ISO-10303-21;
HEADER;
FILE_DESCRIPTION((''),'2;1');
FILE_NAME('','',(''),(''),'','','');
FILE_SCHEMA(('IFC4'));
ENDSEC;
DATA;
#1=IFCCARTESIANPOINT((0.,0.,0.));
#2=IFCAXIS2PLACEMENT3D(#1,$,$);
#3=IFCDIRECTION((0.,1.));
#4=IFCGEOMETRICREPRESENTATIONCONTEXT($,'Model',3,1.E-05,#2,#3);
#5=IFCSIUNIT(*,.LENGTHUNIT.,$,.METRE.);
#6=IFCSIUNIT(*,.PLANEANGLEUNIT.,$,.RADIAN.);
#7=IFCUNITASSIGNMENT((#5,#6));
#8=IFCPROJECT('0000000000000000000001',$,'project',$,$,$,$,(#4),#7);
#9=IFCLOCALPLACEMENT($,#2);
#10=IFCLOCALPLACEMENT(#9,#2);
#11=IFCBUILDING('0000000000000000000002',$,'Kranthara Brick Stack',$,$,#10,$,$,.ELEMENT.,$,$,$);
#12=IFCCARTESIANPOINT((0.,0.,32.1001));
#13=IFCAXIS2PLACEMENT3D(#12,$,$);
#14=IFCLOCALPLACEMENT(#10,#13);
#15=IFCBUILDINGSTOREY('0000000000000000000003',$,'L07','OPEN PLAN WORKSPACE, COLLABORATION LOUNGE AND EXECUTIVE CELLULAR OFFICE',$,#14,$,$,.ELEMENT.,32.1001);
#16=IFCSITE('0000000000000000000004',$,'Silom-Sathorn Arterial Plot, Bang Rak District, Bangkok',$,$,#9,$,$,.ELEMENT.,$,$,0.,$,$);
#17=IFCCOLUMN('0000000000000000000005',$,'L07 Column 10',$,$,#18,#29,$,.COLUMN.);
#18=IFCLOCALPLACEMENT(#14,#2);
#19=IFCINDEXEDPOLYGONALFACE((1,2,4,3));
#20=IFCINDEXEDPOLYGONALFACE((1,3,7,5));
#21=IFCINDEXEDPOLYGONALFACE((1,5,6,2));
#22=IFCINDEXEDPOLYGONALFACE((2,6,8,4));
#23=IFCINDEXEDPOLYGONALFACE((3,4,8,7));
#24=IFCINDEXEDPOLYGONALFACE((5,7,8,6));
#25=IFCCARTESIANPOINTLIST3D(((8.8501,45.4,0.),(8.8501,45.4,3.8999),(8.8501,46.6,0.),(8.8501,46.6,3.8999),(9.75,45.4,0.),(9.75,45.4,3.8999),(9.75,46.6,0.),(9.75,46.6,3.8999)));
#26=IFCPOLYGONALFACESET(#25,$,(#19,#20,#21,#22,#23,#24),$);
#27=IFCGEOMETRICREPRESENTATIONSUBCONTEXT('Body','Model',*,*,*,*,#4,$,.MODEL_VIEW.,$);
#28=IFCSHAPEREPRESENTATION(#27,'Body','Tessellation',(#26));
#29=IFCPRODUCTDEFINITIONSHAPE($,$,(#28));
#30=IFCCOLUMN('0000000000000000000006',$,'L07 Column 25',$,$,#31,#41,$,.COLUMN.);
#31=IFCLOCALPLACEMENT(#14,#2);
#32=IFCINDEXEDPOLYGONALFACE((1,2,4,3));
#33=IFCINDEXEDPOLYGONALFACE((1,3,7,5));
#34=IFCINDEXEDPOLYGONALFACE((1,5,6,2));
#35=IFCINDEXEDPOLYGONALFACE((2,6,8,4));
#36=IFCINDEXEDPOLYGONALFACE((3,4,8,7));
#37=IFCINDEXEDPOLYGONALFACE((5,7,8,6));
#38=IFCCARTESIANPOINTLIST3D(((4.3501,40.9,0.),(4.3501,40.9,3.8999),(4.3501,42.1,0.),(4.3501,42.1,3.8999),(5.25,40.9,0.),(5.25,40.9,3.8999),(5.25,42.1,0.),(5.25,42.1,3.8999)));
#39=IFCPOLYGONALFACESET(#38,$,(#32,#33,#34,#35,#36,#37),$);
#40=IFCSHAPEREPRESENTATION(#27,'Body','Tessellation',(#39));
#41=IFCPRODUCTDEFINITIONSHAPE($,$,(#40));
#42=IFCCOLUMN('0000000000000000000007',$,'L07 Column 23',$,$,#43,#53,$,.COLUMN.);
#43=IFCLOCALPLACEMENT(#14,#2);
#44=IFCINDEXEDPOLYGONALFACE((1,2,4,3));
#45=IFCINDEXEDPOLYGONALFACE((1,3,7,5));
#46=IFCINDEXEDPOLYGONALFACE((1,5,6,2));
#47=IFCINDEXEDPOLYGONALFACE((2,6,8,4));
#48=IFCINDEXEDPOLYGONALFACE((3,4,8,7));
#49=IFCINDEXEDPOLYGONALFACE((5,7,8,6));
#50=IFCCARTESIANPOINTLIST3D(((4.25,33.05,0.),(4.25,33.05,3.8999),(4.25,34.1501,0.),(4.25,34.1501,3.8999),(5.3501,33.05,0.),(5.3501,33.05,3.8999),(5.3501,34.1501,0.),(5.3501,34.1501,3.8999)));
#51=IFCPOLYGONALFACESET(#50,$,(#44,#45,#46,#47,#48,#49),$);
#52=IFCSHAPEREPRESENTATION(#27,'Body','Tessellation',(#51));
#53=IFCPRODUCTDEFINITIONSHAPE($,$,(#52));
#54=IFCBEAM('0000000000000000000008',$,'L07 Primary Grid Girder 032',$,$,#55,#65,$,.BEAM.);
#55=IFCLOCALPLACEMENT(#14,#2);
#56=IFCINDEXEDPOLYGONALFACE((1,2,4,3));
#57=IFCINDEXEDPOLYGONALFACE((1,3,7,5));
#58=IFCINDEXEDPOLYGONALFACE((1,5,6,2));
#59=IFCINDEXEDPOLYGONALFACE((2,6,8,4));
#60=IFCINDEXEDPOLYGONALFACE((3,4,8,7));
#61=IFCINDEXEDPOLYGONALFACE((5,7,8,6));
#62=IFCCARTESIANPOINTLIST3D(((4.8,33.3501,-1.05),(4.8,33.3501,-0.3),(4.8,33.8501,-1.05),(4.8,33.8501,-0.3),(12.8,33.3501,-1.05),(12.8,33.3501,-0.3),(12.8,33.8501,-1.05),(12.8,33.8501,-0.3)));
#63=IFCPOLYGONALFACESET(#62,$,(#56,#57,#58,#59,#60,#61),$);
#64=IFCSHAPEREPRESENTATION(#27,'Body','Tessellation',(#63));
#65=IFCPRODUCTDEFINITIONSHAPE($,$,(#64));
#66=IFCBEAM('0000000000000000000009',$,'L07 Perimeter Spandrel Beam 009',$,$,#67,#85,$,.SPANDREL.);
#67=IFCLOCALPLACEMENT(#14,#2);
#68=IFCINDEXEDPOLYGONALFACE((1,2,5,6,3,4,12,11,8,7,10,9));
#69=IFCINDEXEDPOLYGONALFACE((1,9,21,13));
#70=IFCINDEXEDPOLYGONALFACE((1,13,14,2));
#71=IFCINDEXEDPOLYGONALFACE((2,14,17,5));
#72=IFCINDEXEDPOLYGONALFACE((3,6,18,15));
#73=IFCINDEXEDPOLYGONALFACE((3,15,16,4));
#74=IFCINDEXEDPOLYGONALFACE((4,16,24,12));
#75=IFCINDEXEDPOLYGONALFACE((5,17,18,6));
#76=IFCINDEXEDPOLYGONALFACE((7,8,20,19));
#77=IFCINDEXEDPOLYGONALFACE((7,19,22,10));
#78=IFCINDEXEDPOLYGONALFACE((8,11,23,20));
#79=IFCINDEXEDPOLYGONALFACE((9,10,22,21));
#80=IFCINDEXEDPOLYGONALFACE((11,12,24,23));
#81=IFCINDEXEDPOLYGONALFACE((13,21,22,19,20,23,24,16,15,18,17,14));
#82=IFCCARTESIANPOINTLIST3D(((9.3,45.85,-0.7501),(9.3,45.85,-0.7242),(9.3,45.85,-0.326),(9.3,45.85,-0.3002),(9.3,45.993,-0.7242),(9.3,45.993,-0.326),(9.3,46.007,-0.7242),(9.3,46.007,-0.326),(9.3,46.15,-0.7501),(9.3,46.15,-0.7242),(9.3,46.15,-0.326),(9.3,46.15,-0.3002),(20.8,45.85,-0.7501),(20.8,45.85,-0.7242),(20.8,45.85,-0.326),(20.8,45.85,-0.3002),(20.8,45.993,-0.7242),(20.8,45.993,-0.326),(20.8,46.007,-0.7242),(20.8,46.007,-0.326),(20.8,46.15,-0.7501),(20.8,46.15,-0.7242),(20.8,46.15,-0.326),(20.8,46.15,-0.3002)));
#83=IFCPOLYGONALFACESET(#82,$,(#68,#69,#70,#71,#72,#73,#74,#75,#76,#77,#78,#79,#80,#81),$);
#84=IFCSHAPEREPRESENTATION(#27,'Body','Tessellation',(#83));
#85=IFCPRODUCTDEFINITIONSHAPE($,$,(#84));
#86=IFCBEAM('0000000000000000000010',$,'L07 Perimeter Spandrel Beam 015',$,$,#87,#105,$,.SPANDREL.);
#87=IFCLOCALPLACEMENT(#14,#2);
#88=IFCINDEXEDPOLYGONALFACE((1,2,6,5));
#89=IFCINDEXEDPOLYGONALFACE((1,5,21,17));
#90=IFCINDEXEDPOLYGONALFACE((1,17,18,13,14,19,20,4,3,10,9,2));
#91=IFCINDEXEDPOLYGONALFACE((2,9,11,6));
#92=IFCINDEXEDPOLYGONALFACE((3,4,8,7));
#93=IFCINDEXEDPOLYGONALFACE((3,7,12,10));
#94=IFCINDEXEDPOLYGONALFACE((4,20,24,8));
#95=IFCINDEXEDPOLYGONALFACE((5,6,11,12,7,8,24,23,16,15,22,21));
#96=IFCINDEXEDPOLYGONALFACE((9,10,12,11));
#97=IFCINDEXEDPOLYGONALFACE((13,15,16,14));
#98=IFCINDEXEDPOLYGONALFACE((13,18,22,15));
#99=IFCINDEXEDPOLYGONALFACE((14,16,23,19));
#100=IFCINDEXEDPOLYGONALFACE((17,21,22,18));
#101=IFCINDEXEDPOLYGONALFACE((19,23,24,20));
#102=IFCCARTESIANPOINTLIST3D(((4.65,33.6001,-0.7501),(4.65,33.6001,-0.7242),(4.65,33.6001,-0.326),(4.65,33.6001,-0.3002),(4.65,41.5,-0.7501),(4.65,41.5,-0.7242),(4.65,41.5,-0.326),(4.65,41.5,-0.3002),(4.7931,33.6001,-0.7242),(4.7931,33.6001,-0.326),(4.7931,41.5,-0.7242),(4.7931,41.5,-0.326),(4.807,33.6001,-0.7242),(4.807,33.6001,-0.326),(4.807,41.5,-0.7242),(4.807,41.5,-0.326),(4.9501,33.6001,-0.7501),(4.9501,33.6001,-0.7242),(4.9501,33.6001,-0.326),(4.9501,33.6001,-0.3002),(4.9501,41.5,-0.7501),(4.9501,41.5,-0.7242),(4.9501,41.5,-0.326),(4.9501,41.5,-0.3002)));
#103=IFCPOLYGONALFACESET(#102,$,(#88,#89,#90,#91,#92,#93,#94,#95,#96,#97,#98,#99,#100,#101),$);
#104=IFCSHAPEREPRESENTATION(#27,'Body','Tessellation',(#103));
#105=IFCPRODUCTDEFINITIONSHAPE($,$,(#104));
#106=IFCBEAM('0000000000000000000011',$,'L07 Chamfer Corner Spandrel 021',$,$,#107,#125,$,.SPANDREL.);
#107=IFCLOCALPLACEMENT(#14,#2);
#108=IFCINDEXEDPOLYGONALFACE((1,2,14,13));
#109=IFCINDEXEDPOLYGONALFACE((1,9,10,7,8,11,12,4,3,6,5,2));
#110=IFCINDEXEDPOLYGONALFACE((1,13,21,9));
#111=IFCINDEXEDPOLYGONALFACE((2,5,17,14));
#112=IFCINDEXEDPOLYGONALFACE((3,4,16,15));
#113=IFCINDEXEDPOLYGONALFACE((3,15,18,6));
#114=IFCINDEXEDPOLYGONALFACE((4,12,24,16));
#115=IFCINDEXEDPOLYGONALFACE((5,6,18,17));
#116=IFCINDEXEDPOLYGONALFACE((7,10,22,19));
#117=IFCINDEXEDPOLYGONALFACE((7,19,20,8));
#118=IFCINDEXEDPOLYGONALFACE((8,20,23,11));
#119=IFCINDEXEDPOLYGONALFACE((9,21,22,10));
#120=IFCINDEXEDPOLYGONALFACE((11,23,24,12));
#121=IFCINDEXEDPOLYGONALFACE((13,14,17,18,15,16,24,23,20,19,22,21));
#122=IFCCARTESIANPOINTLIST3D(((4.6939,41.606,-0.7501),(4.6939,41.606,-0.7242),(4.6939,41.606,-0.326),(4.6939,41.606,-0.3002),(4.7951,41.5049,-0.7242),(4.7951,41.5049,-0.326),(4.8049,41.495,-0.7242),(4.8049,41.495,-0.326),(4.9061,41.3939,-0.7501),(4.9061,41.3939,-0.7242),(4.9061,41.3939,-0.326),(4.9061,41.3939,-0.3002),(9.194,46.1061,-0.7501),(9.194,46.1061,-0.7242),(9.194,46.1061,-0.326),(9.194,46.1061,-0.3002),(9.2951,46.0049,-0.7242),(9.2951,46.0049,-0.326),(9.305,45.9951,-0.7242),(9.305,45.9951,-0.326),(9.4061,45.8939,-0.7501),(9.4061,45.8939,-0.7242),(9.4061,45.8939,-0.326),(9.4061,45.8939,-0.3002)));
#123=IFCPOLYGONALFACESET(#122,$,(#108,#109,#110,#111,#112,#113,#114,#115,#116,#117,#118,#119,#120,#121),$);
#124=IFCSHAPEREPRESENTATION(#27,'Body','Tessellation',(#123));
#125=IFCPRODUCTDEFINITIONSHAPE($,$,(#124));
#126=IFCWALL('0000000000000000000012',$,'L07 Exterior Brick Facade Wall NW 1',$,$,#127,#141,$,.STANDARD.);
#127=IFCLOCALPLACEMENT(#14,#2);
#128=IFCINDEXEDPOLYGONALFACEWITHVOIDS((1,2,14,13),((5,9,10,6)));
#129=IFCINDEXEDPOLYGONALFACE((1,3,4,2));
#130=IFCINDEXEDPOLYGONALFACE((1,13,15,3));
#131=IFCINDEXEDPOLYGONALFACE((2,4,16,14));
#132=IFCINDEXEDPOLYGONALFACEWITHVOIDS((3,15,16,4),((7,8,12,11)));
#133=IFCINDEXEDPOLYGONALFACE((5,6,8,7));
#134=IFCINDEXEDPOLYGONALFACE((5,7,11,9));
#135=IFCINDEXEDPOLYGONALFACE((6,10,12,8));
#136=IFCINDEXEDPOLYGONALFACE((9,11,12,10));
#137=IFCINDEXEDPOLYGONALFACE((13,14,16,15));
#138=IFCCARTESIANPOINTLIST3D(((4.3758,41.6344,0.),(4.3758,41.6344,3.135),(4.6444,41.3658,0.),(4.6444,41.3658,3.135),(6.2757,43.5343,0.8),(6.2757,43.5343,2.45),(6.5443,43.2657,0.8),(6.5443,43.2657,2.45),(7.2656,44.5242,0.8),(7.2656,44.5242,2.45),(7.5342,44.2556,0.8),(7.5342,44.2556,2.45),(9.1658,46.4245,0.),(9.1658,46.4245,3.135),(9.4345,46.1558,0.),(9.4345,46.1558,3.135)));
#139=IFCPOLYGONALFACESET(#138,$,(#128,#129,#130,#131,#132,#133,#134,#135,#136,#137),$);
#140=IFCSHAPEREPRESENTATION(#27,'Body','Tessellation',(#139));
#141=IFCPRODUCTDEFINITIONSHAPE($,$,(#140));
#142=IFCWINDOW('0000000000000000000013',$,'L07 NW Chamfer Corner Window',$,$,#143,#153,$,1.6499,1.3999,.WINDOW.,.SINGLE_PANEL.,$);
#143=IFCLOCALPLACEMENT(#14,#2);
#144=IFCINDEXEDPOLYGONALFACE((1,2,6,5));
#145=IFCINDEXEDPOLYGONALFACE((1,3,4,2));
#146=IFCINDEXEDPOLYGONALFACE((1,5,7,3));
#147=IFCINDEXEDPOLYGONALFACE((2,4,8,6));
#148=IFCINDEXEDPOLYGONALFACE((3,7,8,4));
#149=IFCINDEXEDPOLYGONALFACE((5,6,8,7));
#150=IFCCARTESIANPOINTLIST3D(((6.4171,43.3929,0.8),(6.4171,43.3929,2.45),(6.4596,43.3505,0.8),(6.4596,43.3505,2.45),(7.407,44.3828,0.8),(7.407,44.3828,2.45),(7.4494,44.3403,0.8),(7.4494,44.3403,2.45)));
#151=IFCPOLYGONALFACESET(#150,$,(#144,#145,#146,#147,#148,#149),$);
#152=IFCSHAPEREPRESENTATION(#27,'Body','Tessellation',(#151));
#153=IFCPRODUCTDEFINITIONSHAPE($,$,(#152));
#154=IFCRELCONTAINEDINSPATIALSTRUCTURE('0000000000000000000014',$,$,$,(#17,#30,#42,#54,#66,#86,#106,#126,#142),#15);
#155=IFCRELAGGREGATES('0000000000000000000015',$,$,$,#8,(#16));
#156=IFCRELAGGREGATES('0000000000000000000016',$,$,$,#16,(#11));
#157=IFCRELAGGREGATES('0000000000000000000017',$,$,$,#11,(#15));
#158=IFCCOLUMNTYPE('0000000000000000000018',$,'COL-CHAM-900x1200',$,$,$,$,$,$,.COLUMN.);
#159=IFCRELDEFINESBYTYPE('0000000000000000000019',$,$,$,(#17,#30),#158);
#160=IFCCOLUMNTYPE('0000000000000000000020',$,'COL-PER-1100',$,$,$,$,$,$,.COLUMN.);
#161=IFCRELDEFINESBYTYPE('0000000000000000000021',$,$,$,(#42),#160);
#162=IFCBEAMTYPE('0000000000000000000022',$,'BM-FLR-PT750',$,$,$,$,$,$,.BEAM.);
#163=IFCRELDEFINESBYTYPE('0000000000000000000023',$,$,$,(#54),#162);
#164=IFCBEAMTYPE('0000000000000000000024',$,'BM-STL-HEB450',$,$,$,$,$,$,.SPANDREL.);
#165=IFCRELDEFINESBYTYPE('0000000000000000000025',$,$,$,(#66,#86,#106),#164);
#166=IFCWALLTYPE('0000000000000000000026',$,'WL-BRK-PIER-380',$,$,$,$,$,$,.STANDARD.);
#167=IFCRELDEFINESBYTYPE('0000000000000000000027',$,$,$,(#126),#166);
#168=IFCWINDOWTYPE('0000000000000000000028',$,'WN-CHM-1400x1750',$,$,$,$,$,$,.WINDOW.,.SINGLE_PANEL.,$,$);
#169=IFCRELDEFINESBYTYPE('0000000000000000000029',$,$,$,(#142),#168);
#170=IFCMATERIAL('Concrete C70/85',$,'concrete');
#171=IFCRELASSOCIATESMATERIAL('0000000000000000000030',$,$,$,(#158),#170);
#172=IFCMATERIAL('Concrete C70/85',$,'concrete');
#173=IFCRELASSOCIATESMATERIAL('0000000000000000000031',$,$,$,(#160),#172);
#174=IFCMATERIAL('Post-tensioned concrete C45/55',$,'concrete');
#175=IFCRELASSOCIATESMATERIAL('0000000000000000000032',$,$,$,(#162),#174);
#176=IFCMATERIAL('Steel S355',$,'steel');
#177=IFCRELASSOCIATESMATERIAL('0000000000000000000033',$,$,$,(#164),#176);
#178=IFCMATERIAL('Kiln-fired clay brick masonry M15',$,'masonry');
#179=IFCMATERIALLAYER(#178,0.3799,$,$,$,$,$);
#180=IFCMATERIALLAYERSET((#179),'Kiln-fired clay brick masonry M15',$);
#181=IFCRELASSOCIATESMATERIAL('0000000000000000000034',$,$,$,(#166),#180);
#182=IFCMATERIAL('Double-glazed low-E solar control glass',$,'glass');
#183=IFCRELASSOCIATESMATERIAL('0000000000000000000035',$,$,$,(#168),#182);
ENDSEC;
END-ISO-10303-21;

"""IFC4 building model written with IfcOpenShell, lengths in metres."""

from ifc_helpers import new_model, si_unit, direction, frame, frame_2d, origin, origin_2d, place, context, subcontext, project, spatial, rectangle, i_section, extrude, material, layer, layer_set, material_profile, profile_set, type_object, element, fill, save


model = new_model("IFC4")

# Units and contexts
model_context = context("Model", 3, precision=1e-05, world=origin(), true_north=direction((0.0, 1.0)))
body_context = subcontext(model_context, "Body", "Model", "MODEL_VIEW")
ifc_project = project(units=[si_unit("LENGTHUNIT", "METRE"), si_unit("PLANEANGLEUNIT", "RADIAN")], contexts=[model_context])

# Site, building, storey
site_placement = place(None, origin())
site = spatial("IfcSite", under=ifc_project, at=site_placement, Name="Silom-Sathorn Arterial Plot, Bang Rak District, Bangkok", CompositionType="ELEMENT", RefElevation=0.0)
building_placement = place(site_placement, origin())
building = spatial("IfcBuilding", under=site, at=building_placement, Name="Kranthara Brick Stack", CompositionType="ELEMENT")
storey_placement = place(building_placement, frame((0.0, 0.0, 32.1001)))
storey = spatial("IfcBuildingStorey", under=building, at=storey_placement, Name="L07", Description="OPEN PLAN WORKSPACE, COLLABORATION LOUNGE AND EXECUTIVE CELLULAR OFFICE", CompositionType="ELEMENT", Elevation=32.1001)

# Columns
ifc_material_1 = material(Name="Concrete C70/85", Category="concrete")
ifc_material_profile_1 = material_profile(ifc_material_1, rectangle(XDim=0.8999, YDim=1.2, at=origin_2d()), Name="RC 900x1200")
ifc_profile_set_1 = profile_set([ifc_material_profile_1], Name="Concrete C70/85")
column_type_1 = type_object("IfcColumnType", Name="COL-CHAM-900x1200", PredefinedType="COLUMN", material=ifc_profile_set_1)
for number, where, z_axis, x_axis, name in (
    (1, (9.3, 46.0, 0.0), (0.0, 0.0, 1.0), (1.0, 0.0, 0.0), "L07 Column 10"),
    (2, (4.8, 41.5, 0.0), (0.0, 0.0, 1.0), (1.0, 0.0, 0.0), "L07 Column 25"),
):
    element("IfcColumn", number, at=place(storey_placement, frame(where, z_axis=z_axis, x_axis=x_axis)), inside=storey, type_object=column_type_1, Name=name, PredefinedType="COLUMN", context=body_context, shape_type="SweptSolid", body=[
        extrude(rectangle(XDim=0.8999, YDim=1.2, at=origin_2d()), origin(), (0.0, 0.0, 1.0), 3.8999),
    ])
ifc_material_2 = material(Name="Concrete C70/85", Category="concrete")
ifc_material_profile_2 = material_profile(ifc_material_2, rectangle(XDim=1.1001, YDim=1.1001, at=origin_2d()), Name="RC 1100x1100")
ifc_profile_set_2 = profile_set([ifc_material_profile_2], Name="Concrete C70/85")
column_type_2 = type_object("IfcColumnType", Name="COL-PER-1100", PredefinedType="COLUMN", material=ifc_profile_set_2)
column_placement = place(storey_placement, frame((4.8, 33.6001, 0.0), z_axis=(0.0, 0.0, 1.0), x_axis=(1.0, 0.0, 0.0)))
element("IfcColumn", 3, at=column_placement, inside=storey, type_object=column_type_2, Name="L07 Column 23", PredefinedType="COLUMN", context=body_context, shape_type="SweptSolid", body=[
    extrude(rectangle(XDim=1.1001, YDim=1.1001, at=origin_2d()), origin(), (0.0, 0.0, 1.0), 3.8999),
])

# Beams
ifc_material_3 = material(Name="Post-tensioned concrete C45/55", Category="concrete")
ifc_material_profile_3 = material_profile(ifc_material_3, rectangle(XDim=0.5, YDim=0.75, at=origin_2d()), Name="PT 500x750")
ifc_profile_set_3 = profile_set([ifc_material_profile_3], Name="Post-tensioned concrete C45/55")
beam_type_1 = type_object("IfcBeamType", Name="BM-FLR-PT750", PredefinedType="BEAM", material=ifc_profile_set_3)
beam_1_placement = place(storey_placement, frame((4.8, 33.6001, -0.675), z_axis=(1.0, 0.0, 0.0), x_axis=(0.0, 1.0, 0.0)))
element("IfcBeam", 4, at=beam_1_placement, inside=storey, type_object=beam_type_1, Name="L07 Primary Grid Girder 032", PredefinedType="BEAM", context=body_context, shape_type="SweptSolid", body=[
    extrude(rectangle(XDim=0.5, YDim=0.75, at=origin_2d()), origin(), (0.0, 0.0, 1.0), 8.0),
])
ifc_material_4 = material(Name="Steel S355", Category="steel")
ifc_material_profile_4 = material_profile(ifc_material_4, i_section(OverallWidth=0.3, OverallDepth=0.45, WebThickness=0.0139, FlangeThickness=0.0259, at=origin_2d()), Name="HEB 450")
ifc_profile_set_4 = profile_set([ifc_material_profile_4], Name="Steel S355")
beam_type_2 = type_object("IfcBeamType", Name="BM-STL-HEB450", PredefinedType="SPANDREL", material=ifc_profile_set_4)
beam_2_placement = place(storey_placement, frame((9.3, 46.0, -0.5251), z_axis=(1.0, 0.0, 0.0), x_axis=(0.0, 1.0, 0.0)))
element("IfcBeam", 5, at=beam_2_placement, inside=storey, type_object=beam_type_2, Name="L07 Perimeter Spandrel Beam 009", PredefinedType="SPANDREL", context=body_context, shape_type="SweptSolid", body=[
    extrude(i_section(OverallWidth=0.3, OverallDepth=0.45, WebThickness=0.0139, FlangeThickness=0.0259, at=origin_2d()), origin(), (0.0, 0.0, 1.0), 11.5),
])
beam_3_placement = place(storey_placement, frame((4.8, 33.6001, -0.5251), z_axis=(0.0, 1.0, 0.0), x_axis=(-1.0, 0.0, 0.0)))
element("IfcBeam", 6, at=beam_3_placement, inside=storey, type_object=beam_type_2, Name="L07 Perimeter Spandrel Beam 015", PredefinedType="SPANDREL", context=body_context, shape_type="SweptSolid", body=[
    extrude(i_section(OverallWidth=0.3, OverallDepth=0.45, WebThickness=0.0139, FlangeThickness=0.0259, at=origin_2d()), origin(), (0.0, 0.0, 1.0), 7.8999),
])
beam_4_placement = place(storey_placement, frame((9.3, 46.0, -0.5251), z_axis=(-0.707107, -0.707107, 0.0), x_axis=(0.707107, -0.707107, 0.0)))
element("IfcBeam", 7, at=beam_4_placement, inside=storey, type_object=beam_type_2, Name="L07 Chamfer Corner Spandrel 021", PredefinedType="SPANDREL", context=body_context, shape_type="SweptSolid", body=[
    extrude(i_section(OverallWidth=0.3, OverallDepth=0.45, WebThickness=0.0139, FlangeThickness=0.0259, at=origin_2d()), origin(), (0.0, 0.0, 1.0), 6.364),
])

# Wall, opening, window
ifc_material_5 = material(Name="Kiln-fired clay brick masonry M15", Category="masonry")
ifc_layer_1 = layer(ifc_material_5, 0.3799)
ifc_layer_set_1 = layer_set([ifc_layer_1], Name="Kiln-fired clay brick masonry M15")
wall_type_1 = type_object("IfcWallType", Name="WL-BRK-PIER-380", PredefinedType="STANDARD", material=ifc_layer_set_1)
wall_1_placement = place(storey_placement, frame((4.51, 41.5, 0.0), z_axis=(0.0, 0.0, 1.0), x_axis=(0.707107, 0.707107, 0.0)))
wall_1 = element("IfcWall", 8, at=wall_1_placement, inside=storey, type_object=wall_type_1, Name="L07 Exterior Brick Facade Wall NW 1", PredefinedType="STANDARD", context=body_context, shape_type="SweptSolid", body=[
    extrude(rectangle(XDim=6.7742, YDim=0.3799, at=frame_2d((3.3872, 0.0))), origin(), (0.0, 0.0, 1.0), 3.135),
])
opening_1_placement = place(wall_1_placement, frame((2.687, 0.0, 0.8)))
opening_1 = element("IfcOpeningElement", 9, at=opening_1_placement, cuts=wall_1, PredefinedType="OPENING", context=body_context, shape_type="SweptSolid", body=[
    extrude(rectangle(XDim=1.3999, YDim=1.6499, at=frame_2d((0.7, 0.825))), frame((0.0, 0.2, 0.0), z_axis=(0.0, -1.0, 0.0), x_axis=(1.0, 0.0, 0.0)), (0.0, 0.0, 1.0), 0.3999),
])
ifc_material_6 = material(Name="Double-glazed low-E solar control glass", Category="glass")
window_type = type_object("IfcWindowType", Name="WN-CHM-1400x1750", PartitioningType="SINGLE_PANEL", PredefinedType="WINDOW", material=ifc_material_6)
window_placement = place(opening_1_placement, origin())
window = element("IfcWindow", 10, at=window_placement, inside=storey, type_object=window_type, Name="L07 NW Chamfer Corner Window", OverallHeight=1.6499, OverallWidth=1.3999, PartitioningType="SINGLE_PANEL", PredefinedType="WINDOW", context=body_context, shape_type="SweptSolid", body=[
    extrude(rectangle(XDim=1.3999, YDim=1.6499, at=frame_2d((0.7, 0.825))), frame((0.0, -0.01, 0.0), z_axis=(0.0, -1.0, 0.0), x_axis=(1.0, 0.0, 0.0)), (0.0, 0.0, 1.0), 0.0601),
])
fill(opening_1, window)

save(model, "model.ifc")
